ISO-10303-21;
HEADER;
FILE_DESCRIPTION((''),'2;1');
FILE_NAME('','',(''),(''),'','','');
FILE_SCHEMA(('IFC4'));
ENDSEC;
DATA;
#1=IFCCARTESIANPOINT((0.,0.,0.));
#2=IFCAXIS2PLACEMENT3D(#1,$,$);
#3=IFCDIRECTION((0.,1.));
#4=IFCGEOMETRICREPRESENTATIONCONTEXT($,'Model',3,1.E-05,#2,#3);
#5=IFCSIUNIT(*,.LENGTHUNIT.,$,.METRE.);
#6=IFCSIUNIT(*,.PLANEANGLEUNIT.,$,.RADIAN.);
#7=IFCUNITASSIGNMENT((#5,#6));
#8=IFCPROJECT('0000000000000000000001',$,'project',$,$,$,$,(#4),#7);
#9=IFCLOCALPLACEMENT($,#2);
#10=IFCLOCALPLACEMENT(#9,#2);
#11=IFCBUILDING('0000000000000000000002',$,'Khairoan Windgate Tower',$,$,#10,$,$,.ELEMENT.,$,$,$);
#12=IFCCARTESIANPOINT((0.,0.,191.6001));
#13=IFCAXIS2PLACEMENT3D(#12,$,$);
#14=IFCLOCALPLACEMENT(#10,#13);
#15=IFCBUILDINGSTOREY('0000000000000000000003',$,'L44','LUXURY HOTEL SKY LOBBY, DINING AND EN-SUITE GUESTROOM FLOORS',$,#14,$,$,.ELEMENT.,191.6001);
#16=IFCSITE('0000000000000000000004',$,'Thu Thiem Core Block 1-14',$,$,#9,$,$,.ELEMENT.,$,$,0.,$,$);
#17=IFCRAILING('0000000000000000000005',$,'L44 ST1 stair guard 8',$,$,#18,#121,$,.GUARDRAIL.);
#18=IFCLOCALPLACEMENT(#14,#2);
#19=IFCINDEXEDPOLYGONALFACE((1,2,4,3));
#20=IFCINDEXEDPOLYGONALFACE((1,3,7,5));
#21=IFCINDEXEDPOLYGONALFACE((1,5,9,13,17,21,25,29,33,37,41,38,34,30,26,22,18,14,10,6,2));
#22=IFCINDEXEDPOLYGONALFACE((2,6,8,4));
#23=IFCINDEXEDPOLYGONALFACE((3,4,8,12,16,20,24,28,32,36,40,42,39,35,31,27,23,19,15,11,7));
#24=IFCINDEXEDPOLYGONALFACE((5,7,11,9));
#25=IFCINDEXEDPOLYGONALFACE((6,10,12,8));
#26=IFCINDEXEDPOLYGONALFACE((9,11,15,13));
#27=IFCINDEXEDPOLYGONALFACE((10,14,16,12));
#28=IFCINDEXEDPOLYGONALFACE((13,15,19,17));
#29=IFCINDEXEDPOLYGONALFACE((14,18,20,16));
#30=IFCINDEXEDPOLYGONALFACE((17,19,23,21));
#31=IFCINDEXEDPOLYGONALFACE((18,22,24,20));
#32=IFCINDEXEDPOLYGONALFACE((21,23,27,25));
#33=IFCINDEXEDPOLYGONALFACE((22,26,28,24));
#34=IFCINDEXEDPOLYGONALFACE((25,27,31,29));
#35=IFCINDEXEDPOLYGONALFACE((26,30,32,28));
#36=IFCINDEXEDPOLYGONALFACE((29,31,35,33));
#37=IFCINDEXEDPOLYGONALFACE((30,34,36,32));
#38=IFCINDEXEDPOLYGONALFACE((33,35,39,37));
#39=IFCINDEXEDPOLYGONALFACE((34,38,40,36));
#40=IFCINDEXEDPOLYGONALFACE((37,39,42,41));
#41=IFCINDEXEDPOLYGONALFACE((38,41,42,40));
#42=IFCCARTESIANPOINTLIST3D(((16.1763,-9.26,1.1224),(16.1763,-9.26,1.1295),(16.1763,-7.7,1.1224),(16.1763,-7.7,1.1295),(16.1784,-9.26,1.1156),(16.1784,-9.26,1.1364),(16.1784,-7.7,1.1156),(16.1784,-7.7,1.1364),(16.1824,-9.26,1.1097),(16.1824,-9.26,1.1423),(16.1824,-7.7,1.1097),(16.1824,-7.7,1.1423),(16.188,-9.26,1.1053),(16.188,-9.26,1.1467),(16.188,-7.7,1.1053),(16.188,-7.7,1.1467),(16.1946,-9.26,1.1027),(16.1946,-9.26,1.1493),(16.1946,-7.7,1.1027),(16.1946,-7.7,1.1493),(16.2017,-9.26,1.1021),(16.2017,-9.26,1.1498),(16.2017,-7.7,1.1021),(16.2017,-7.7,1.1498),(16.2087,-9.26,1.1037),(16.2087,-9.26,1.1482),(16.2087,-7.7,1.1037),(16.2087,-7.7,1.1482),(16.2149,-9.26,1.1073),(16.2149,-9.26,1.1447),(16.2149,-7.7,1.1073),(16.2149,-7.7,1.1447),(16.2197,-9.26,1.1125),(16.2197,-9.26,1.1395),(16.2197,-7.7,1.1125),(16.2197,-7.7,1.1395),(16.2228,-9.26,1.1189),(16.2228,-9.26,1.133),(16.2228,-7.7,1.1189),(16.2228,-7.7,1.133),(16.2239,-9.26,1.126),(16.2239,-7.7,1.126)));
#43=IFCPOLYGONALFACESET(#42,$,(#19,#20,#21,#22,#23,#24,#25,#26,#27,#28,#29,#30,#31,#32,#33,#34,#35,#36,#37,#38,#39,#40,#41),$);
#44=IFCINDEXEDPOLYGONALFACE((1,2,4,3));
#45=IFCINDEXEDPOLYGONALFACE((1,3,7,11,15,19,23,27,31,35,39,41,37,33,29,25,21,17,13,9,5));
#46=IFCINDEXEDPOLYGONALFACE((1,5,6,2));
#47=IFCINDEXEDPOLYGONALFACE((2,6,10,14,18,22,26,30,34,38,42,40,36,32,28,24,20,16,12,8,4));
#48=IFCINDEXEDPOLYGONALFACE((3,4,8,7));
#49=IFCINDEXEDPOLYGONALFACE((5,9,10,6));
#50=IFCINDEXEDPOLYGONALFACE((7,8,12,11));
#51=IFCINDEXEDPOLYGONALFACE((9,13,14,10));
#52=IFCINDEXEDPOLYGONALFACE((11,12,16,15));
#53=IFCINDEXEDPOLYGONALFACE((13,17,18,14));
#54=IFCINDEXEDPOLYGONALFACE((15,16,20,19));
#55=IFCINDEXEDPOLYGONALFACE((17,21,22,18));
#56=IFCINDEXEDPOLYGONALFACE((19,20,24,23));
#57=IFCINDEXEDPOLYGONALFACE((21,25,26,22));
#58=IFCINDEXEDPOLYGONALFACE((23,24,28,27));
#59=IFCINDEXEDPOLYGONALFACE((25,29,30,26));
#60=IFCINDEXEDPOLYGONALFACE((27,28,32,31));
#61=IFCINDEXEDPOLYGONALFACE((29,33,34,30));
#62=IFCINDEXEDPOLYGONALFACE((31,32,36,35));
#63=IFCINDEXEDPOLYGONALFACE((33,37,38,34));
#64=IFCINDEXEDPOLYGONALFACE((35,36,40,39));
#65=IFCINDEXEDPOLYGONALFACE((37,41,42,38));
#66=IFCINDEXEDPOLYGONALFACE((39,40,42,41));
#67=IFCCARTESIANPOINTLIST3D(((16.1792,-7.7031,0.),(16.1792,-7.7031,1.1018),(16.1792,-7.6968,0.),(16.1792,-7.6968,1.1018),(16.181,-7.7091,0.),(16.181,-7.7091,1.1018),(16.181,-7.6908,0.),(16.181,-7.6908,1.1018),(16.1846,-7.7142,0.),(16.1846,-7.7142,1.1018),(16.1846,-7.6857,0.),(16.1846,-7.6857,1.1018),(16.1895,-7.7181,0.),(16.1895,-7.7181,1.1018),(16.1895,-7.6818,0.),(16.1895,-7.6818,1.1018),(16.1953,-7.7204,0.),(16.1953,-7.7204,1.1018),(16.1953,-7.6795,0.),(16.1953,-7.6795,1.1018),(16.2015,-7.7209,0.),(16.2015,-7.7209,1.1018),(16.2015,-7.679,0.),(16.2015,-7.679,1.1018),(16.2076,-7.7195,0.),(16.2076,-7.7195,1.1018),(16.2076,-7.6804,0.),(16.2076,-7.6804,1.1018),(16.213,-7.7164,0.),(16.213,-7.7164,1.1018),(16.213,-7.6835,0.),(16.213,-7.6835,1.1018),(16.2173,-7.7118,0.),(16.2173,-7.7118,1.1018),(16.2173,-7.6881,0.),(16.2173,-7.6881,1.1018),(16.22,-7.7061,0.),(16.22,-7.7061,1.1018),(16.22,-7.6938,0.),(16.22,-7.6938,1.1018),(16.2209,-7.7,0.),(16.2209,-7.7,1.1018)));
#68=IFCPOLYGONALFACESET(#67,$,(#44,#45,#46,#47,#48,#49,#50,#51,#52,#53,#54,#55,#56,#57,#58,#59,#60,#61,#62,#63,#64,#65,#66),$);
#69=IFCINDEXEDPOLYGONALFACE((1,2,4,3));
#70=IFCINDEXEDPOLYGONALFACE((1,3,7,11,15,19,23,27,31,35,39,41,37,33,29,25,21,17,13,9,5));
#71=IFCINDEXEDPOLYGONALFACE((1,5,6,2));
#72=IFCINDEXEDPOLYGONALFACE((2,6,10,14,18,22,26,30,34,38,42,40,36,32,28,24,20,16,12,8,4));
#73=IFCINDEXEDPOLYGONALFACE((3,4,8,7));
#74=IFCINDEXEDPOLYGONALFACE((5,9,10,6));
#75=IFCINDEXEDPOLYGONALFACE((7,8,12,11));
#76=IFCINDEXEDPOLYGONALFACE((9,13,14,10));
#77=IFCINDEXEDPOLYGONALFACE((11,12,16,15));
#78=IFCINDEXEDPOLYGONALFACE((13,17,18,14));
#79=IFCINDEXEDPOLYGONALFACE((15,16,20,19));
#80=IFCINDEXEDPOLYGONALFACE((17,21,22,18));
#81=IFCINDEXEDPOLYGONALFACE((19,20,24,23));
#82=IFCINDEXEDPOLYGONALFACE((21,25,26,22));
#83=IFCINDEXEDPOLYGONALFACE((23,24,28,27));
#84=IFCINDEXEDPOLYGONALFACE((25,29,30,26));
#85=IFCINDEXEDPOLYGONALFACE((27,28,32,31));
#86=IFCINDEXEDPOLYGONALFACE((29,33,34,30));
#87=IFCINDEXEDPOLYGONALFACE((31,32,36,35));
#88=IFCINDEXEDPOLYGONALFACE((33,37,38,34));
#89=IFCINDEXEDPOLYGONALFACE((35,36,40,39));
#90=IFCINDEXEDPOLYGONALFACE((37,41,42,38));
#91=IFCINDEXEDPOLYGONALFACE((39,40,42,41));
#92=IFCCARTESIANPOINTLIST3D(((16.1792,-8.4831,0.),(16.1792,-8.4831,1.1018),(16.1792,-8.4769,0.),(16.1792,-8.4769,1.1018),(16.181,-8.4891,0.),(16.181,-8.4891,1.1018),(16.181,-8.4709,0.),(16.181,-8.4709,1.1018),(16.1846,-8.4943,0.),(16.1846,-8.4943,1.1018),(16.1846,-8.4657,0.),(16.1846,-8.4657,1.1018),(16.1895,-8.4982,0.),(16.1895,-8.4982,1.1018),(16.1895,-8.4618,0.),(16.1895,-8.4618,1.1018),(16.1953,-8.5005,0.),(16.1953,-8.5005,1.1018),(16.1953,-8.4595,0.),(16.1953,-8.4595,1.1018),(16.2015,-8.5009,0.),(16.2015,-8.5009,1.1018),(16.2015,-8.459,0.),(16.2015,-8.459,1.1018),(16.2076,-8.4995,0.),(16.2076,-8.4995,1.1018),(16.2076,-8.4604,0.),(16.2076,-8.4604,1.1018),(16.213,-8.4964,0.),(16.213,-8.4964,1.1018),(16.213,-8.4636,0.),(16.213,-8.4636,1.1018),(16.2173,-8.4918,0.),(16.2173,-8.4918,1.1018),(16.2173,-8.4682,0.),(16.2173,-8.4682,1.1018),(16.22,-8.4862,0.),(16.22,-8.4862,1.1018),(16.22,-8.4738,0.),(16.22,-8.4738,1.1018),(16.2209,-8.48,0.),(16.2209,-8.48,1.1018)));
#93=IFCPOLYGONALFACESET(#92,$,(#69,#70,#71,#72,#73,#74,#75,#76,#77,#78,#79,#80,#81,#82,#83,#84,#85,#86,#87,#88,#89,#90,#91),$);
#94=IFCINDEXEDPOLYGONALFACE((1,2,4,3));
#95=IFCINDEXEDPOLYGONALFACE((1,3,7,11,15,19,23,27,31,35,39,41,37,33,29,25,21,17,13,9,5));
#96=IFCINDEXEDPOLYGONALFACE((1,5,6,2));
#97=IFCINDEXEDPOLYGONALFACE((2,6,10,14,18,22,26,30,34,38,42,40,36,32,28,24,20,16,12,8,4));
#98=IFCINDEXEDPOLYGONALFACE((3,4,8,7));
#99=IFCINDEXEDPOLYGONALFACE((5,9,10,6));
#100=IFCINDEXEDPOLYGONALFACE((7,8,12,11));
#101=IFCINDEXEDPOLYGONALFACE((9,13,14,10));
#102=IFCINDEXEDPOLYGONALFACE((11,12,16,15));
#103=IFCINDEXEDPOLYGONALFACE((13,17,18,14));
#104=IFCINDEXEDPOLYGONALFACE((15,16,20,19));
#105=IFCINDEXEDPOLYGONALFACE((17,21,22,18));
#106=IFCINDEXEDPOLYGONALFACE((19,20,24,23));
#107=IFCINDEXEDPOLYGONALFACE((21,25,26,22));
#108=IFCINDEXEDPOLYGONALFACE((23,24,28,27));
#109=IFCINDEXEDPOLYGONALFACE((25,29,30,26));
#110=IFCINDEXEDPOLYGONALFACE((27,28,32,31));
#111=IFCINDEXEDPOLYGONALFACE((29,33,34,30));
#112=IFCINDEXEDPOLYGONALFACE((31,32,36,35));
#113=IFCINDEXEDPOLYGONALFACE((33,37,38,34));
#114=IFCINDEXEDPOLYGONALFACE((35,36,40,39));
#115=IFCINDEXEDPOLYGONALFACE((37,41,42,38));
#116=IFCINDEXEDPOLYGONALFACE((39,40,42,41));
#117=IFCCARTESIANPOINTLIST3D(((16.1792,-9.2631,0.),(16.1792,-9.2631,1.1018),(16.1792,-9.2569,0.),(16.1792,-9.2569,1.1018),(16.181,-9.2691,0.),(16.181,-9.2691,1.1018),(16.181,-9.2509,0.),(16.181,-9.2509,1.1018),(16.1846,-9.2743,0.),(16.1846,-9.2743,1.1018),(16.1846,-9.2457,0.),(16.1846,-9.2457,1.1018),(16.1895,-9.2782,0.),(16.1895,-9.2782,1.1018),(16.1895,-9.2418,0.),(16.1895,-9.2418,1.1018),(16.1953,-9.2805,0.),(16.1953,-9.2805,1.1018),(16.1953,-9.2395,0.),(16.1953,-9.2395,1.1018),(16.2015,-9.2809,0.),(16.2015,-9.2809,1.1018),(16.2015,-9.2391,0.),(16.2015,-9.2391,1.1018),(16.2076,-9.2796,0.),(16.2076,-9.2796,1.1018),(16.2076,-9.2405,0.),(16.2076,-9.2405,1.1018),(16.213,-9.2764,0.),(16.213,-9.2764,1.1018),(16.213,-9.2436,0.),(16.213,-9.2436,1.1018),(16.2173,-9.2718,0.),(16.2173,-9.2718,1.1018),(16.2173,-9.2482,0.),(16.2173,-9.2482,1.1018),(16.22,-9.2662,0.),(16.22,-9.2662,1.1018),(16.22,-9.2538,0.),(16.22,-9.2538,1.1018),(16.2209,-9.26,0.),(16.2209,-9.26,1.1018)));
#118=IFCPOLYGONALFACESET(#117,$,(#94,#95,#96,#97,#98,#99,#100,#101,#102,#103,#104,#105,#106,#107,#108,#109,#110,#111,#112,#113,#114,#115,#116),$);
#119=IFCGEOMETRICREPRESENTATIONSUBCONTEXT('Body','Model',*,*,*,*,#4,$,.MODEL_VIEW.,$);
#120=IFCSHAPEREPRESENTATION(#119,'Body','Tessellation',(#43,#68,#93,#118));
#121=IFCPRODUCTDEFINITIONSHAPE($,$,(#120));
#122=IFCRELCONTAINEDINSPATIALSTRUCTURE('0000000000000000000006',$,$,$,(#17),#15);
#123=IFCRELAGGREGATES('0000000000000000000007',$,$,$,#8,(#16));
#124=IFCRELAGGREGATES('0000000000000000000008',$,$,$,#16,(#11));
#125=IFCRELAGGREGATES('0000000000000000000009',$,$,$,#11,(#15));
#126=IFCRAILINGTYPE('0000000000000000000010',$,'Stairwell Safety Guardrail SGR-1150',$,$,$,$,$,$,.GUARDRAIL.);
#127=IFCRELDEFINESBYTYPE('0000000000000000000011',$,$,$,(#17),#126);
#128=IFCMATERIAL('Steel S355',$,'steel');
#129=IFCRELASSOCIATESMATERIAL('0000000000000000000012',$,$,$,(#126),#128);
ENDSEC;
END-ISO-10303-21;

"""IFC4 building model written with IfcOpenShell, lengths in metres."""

from ifc_helpers import new_model, si_unit, direction, frame, origin, origin_2d, place, context, subcontext, project, spatial, circle, extrude, material, type_object, element, save


model = new_model("IFC4")

# Units and contexts
model_context = context("Model", 3, precision=1e-05, world=origin(), true_north=direction((0.0, 1.0)))
body_context = subcontext(model_context, "Body", "Model", "MODEL_VIEW")
ifc_project = project(units=[si_unit("LENGTHUNIT", "METRE"), si_unit("PLANEANGLEUNIT", "RADIAN")], contexts=[model_context])

# Site, building, storey
site_placement = place(None, origin())
site = spatial("IfcSite", under=ifc_project, at=site_placement, Name="Thu Thiem Core Block 1-14", CompositionType="ELEMENT", RefElevation=0.0)
building_placement = place(site_placement, origin())
building = spatial("IfcBuilding", under=site, at=building_placement, Name="Khairoan Windgate Tower", CompositionType="ELEMENT")
storey_placement = place(building_placement, frame((0.0, 0.0, 191.6001)))
storey = spatial("IfcBuildingStorey", under=building, at=storey_placement, Name="L44", Description="LUXURY HOTEL SKY LOBBY, DINING AND EN-SUITE GUESTROOM FLOORS", CompositionType="ELEMENT", Elevation=191.6001)

# Railing
ifc_material_1 = material(Name="Steel S355", Category="steel")
railing_type_1 = type_object("IfcRailingType", Name="Stairwell Safety Guardrail SGR-1150", PredefinedType="GUARDRAIL", material=ifc_material_1)
railing_1_placement = place(storey_placement, frame((16.2, -7.7, 0.0)))
element("IfcRailing", 1, at=railing_1_placement, inside=storey, type_object=railing_type_1, Name="L44 ST1 stair guard 8", PredefinedType="GUARDRAIL", context=body_context, shape_type="SweptSolid", body=[
    extrude(circle(Radius=0.0239, at=origin_2d()), frame((0.0, 0.0, 1.126), z_axis=(0.0, -1.0, 0.0), x_axis=(1.0, 0.0, 0.0)), (0.0, 0.0, 1.0), 1.5601),
    extrude(circle(Radius=0.021, at=origin_2d()), origin(), (0.0, 0.0, 1.0), 1.1018),
    extrude(circle(Radius=0.021, at=origin_2d()), frame((0.0, -0.78, 0.0)), (0.0, 0.0, 1.0), 1.1018),
    extrude(circle(Radius=0.021, at=origin_2d()), frame((0.0, -1.5601, 0.0)), (0.0, 0.0, 1.0), 1.1018),
])

save(model, "model.ifc")
